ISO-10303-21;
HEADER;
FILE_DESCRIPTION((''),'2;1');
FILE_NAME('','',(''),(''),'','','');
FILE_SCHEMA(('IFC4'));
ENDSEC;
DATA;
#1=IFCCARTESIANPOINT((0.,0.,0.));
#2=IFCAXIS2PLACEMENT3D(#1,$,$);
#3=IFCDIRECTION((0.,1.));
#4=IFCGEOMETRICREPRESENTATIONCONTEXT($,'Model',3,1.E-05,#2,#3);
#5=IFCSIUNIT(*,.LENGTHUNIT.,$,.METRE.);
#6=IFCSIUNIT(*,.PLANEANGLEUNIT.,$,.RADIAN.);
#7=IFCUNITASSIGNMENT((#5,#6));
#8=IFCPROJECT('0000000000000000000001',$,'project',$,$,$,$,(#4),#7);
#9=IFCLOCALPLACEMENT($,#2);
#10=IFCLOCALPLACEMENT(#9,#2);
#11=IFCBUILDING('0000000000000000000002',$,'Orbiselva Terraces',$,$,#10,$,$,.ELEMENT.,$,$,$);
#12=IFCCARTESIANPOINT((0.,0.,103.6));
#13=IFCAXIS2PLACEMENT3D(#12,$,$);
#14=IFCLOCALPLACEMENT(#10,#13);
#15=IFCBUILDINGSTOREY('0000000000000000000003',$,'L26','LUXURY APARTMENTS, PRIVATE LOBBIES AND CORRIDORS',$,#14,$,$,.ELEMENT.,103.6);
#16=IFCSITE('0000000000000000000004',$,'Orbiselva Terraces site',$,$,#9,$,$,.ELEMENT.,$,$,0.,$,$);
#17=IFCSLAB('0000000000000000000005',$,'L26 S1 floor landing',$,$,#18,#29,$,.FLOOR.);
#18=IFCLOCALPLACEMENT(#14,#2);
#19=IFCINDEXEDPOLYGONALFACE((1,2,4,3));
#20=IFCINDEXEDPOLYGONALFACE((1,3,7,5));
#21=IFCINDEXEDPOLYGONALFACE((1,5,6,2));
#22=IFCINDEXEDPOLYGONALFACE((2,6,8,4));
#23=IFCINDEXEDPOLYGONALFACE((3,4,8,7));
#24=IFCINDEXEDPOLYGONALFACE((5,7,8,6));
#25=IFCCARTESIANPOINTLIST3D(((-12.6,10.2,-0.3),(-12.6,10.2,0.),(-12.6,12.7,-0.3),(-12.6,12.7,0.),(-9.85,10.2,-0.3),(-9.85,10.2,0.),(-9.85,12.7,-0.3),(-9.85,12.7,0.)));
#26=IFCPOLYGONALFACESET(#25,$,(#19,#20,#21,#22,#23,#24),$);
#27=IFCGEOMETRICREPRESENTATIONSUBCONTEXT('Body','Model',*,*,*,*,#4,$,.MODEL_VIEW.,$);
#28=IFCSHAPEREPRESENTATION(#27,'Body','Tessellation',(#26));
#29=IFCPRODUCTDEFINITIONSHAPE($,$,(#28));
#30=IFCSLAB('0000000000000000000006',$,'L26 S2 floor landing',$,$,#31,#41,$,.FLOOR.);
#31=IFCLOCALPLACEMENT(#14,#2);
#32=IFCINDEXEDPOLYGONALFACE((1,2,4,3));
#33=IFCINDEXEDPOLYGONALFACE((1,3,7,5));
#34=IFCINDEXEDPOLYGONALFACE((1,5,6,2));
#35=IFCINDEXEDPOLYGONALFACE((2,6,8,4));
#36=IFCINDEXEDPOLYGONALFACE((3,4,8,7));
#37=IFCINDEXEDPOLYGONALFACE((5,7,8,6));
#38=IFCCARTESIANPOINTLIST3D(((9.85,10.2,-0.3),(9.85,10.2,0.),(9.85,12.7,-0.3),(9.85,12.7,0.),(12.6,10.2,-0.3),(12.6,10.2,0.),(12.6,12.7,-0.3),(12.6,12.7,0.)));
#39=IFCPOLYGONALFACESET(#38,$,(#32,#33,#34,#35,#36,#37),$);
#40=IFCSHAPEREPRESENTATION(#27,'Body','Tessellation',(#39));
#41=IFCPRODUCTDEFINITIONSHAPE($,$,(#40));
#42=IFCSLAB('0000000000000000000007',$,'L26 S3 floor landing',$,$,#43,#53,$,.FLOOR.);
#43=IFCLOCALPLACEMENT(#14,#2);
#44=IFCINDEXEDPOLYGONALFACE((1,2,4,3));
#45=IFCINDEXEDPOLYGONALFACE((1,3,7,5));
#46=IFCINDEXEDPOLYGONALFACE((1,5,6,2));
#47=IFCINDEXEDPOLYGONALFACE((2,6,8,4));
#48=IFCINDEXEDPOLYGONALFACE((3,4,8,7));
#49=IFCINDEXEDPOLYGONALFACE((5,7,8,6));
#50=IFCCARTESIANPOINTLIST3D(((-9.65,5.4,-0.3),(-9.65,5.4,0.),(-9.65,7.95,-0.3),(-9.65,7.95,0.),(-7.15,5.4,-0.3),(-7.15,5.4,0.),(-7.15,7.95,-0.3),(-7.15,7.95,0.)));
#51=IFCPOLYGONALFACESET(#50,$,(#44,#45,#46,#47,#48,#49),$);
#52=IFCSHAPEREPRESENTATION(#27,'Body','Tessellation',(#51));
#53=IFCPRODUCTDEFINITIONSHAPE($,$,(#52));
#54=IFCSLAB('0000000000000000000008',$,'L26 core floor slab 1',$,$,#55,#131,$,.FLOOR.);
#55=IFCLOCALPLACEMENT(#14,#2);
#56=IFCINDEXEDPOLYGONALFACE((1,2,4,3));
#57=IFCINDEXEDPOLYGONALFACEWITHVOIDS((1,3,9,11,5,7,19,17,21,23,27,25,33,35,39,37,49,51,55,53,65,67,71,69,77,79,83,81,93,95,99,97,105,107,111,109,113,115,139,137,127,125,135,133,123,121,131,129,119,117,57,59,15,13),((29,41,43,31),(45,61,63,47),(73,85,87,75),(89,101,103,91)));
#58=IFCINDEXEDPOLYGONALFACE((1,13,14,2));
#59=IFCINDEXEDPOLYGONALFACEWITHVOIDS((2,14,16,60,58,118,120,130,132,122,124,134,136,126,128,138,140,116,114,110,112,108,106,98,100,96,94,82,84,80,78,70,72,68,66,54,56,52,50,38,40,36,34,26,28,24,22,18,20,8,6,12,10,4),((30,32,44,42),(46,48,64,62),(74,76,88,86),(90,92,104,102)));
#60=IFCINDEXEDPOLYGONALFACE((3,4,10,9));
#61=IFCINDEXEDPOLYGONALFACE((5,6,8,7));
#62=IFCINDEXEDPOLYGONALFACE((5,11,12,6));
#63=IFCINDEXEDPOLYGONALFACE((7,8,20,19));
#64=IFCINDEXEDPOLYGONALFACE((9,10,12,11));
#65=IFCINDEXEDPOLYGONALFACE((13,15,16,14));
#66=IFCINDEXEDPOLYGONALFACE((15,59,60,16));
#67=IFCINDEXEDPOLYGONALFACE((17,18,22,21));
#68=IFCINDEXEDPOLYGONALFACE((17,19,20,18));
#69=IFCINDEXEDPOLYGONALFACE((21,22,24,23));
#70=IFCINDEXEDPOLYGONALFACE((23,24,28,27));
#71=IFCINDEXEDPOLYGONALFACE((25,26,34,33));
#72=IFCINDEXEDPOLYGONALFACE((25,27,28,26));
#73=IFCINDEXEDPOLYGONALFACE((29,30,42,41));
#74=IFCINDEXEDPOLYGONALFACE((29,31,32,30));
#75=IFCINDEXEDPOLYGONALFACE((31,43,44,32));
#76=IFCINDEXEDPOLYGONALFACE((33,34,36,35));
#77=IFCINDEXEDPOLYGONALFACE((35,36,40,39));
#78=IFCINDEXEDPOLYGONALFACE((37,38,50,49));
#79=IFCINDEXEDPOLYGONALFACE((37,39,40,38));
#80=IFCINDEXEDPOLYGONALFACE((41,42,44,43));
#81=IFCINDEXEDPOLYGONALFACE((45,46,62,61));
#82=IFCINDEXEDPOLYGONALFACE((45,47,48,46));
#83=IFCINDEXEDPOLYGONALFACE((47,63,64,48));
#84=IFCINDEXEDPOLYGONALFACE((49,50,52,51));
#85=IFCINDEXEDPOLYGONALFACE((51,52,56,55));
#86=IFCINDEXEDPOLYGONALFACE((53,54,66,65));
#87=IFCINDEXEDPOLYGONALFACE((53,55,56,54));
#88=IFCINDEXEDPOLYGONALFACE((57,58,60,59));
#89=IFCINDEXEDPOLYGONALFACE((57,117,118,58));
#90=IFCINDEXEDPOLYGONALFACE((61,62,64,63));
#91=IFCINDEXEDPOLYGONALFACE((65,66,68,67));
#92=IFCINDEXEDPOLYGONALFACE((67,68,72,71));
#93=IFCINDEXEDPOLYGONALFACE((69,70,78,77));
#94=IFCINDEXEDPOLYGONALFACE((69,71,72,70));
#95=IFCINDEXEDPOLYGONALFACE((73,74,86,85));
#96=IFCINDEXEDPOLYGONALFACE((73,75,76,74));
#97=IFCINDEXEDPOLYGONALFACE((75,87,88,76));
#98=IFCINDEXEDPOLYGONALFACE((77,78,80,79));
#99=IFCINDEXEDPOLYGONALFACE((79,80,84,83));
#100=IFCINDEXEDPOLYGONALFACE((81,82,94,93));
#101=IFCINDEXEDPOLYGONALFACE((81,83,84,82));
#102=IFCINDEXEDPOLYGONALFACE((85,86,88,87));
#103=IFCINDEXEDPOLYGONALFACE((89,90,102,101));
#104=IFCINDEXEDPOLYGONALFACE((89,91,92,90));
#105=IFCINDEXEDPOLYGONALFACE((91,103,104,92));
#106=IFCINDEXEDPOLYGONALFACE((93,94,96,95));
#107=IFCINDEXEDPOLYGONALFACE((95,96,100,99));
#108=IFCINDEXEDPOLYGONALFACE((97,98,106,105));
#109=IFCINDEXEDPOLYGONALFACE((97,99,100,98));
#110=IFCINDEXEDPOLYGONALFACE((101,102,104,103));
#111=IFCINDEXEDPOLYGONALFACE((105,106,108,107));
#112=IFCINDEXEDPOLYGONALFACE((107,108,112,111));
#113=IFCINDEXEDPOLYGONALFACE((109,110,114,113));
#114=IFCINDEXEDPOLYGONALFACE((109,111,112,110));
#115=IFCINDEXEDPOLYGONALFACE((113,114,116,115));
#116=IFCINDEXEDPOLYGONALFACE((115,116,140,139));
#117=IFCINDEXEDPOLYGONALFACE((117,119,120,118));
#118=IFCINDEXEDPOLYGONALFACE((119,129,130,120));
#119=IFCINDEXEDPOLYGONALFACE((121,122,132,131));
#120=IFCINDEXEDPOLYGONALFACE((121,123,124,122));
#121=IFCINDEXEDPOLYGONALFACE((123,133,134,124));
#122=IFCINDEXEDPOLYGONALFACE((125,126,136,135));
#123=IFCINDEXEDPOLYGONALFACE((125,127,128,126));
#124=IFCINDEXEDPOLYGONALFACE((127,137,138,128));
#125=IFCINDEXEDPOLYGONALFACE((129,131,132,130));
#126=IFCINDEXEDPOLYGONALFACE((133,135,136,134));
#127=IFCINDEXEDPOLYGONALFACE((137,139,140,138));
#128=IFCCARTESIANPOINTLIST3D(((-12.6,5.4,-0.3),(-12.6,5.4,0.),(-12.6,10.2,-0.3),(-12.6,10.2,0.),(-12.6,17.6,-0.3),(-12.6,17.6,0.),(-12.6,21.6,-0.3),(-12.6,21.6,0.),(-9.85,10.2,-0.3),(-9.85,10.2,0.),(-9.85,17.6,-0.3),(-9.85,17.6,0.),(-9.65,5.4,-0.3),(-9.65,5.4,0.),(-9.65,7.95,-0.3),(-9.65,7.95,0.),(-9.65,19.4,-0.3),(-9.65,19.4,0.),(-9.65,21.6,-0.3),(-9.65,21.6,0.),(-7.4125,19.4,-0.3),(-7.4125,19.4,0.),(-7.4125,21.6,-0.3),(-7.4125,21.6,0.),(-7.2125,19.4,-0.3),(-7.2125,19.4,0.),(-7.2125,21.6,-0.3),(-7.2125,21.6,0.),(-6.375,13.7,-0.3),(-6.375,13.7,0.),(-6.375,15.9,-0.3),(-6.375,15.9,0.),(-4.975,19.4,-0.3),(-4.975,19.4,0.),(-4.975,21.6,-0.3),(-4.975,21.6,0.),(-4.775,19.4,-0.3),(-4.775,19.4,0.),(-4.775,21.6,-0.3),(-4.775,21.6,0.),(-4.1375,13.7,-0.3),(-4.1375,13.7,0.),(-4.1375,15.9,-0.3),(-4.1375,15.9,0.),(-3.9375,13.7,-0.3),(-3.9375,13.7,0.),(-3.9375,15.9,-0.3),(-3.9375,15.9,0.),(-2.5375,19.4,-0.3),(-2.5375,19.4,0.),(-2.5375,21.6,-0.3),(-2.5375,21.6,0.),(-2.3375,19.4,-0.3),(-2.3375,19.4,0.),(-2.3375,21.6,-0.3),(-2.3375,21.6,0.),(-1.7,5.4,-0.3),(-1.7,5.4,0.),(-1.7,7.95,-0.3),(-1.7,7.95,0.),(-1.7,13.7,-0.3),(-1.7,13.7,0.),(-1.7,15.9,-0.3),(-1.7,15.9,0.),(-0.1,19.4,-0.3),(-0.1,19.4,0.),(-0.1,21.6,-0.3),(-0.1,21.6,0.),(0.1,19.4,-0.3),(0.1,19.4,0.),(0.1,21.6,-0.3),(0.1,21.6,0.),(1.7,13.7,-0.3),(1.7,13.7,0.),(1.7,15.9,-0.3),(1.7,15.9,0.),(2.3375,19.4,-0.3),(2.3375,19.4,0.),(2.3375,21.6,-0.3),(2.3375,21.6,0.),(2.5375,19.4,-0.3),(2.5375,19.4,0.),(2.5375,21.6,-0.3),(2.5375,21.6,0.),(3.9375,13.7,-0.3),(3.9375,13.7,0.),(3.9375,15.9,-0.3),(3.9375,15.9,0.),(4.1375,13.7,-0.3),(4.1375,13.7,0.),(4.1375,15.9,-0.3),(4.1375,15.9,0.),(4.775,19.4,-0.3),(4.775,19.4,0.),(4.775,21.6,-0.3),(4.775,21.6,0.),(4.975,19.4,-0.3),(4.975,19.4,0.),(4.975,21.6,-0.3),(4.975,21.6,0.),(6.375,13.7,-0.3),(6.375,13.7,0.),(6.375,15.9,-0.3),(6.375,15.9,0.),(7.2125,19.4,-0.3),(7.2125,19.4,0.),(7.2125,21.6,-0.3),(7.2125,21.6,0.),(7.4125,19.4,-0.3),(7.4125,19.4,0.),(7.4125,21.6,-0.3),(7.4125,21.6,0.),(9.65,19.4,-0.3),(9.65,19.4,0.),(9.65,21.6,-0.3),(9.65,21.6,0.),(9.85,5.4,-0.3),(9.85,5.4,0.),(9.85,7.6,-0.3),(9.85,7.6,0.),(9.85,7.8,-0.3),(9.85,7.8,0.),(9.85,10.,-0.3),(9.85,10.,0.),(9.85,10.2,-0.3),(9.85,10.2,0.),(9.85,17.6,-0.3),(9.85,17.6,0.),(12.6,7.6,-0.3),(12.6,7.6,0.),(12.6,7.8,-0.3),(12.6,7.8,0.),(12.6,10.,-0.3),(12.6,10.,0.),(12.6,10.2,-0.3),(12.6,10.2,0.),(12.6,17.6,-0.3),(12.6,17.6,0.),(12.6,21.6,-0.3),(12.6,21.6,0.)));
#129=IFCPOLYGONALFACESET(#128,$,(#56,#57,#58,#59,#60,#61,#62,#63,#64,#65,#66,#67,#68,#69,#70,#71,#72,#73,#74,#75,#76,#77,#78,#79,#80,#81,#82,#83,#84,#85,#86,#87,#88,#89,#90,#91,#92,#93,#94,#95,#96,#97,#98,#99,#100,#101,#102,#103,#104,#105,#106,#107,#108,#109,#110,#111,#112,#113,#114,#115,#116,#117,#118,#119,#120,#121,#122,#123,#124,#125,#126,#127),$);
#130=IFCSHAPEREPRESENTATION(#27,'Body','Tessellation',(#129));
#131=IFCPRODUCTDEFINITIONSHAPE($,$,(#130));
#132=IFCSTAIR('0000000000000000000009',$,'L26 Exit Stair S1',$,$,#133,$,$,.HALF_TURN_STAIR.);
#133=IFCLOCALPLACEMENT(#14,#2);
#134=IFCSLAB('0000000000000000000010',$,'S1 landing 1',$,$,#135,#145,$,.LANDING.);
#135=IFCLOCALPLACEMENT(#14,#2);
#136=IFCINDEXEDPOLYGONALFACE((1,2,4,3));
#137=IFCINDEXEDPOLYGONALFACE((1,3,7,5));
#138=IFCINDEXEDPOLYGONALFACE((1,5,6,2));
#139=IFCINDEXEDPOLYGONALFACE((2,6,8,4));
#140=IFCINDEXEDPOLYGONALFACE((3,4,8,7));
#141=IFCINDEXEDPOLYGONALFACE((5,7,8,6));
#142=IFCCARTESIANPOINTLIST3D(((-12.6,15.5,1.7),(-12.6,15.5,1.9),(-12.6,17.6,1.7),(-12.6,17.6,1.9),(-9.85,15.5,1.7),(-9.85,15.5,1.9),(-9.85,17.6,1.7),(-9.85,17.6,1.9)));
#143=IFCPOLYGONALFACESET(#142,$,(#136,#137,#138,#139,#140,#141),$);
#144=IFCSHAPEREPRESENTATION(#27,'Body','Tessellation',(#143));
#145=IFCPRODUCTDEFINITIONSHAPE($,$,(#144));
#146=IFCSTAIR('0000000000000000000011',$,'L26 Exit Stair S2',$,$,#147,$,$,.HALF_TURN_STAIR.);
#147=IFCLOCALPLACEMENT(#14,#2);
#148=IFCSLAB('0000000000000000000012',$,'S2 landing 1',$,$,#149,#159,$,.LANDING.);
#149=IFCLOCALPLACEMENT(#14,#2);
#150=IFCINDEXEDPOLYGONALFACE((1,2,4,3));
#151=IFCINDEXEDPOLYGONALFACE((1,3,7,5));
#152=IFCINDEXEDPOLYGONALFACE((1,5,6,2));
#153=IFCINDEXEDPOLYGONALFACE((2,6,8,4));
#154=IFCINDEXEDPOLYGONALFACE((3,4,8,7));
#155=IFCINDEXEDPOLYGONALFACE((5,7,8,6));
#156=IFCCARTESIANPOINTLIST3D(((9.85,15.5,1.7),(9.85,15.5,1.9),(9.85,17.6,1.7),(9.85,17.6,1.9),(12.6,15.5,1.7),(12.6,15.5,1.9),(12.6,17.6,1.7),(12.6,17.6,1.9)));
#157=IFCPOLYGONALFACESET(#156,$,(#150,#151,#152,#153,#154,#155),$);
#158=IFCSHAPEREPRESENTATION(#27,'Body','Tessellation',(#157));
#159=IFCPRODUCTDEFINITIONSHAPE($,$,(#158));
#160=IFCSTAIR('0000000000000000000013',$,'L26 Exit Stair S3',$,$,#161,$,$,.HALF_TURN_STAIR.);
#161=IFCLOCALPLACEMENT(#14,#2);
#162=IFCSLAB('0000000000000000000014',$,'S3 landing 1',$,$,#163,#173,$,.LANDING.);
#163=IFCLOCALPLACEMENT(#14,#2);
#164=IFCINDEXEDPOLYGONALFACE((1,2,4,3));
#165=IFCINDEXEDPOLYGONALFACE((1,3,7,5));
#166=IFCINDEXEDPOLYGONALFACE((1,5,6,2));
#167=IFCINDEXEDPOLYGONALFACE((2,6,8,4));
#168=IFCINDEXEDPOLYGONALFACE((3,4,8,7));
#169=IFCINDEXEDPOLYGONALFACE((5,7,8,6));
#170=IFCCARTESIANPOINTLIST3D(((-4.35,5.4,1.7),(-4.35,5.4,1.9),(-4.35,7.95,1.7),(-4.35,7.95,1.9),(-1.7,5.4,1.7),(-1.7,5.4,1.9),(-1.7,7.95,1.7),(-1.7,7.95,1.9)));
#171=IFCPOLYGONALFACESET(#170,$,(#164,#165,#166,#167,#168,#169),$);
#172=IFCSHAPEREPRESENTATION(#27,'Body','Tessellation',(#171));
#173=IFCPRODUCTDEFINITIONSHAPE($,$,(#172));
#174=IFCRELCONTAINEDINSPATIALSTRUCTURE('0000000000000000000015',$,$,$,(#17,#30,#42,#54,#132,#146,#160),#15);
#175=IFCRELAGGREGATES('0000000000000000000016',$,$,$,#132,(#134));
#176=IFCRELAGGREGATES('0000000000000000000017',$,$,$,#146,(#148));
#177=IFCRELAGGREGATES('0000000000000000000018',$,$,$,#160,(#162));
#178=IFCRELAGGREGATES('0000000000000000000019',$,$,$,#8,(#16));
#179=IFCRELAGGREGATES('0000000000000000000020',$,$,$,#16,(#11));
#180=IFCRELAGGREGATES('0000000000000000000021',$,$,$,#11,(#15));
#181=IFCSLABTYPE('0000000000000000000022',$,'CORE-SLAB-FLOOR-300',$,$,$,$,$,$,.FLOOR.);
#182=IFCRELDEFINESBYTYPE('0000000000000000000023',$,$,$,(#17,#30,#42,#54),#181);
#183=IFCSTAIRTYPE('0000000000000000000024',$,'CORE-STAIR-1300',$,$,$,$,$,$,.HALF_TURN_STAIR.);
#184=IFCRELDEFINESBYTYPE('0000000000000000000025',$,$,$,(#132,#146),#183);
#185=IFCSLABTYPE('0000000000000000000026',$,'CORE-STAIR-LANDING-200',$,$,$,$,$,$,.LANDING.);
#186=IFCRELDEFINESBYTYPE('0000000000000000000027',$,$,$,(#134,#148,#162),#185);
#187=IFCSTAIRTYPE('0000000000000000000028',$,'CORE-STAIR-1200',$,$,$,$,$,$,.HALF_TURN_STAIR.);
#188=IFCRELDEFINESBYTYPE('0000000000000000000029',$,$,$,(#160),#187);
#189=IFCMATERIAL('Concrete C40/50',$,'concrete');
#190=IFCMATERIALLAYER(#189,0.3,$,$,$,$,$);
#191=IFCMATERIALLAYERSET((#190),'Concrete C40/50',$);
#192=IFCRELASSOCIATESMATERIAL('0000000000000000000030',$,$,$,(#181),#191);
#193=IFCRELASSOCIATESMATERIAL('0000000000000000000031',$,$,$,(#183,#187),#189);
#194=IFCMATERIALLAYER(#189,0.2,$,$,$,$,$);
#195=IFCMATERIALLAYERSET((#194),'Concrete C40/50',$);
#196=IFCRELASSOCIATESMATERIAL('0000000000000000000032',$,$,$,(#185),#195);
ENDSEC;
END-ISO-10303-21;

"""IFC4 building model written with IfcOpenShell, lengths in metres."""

from ifc_helpers import new_model, si_unit, direction, frame, origin, place, context, subcontext, project, spatial, polyline, outline, extrude, material, layer, layer_set, type_object, element, aggregate, save


model = new_model("IFC4")

# Units and contexts
model_context = context("Model", 3, precision=1e-05, world=origin(), true_north=direction((0.0, 1.0)))
body_context = subcontext(model_context, "Body", "Model", "MODEL_VIEW")
ifc_project = project(units=[si_unit("LENGTHUNIT", "METRE"), si_unit("PLANEANGLEUNIT", "RADIAN")], contexts=[model_context])

# Site, building, storey
site_placement = place(None, origin())
site = spatial("IfcSite", under=ifc_project, at=site_placement, Name="Orbiselva Terraces site", CompositionType="ELEMENT", RefElevation=0.0)
building_placement = place(site_placement, origin())
building = spatial("IfcBuilding", under=site, at=building_placement, Name="Orbiselva Terraces", CompositionType="ELEMENT")
storey_placement = place(building_placement, frame((0.0, 0.0, 103.6)))
storey = spatial("IfcBuildingStorey", under=building, at=storey_placement, Name="L26", Description="LUXURY APARTMENTS, PRIVATE LOBBIES AND CORRIDORS", CompositionType="ELEMENT", Elevation=103.6)

# Slabs
ifc_material_1 = material(Name="Concrete C40/50", Category="concrete")
ifc_layer_1 = layer(ifc_material_1, 0.3)
ifc_layer_set_1 = layer_set([ifc_layer_1], Name="Concrete C40/50")
slab_type_1 = type_object("IfcSlabType", Name="CORE-SLAB-FLOOR-300", PredefinedType="FLOOR", material=ifc_layer_set_1)
slab_1_placement = place(storey_placement, frame((0.0, 0.0, -0.3)))
element("IfcSlab", 1, at=slab_1_placement, inside=storey, type_object=slab_type_1, Name="L26 S1 floor landing", PredefinedType="FLOOR", context=body_context, shape_type="SweptSolid", body=[
    extrude(outline(polyline([(-12.6, 12.7), (-9.85, 12.7), (-9.85, 10.2), (-12.6, 10.2), (-12.6, 12.7)])), origin(), (0.0, 0.0, 1.0), 0.3),
])
slab_2_placement = place(storey_placement, frame((0.0, 0.0, -0.3)))
element("IfcSlab", 2, at=slab_2_placement, inside=storey, type_object=slab_type_1, Name="L26 S2 floor landing", PredefinedType="FLOOR", context=body_context, shape_type="SweptSolid", body=[
    extrude(outline(polyline([(12.6, 12.7), (12.6, 10.2), (9.85, 10.2), (9.85, 12.7), (12.6, 12.7)])), origin(), (0.0, 0.0, 1.0), 0.3),
])
slab_3_placement = place(storey_placement, frame((0.0, 0.0, -0.3)))
element("IfcSlab", 3, at=slab_3_placement, inside=storey, type_object=slab_type_1, Name="L26 S3 floor landing", PredefinedType="FLOOR", context=body_context, shape_type="SweptSolid", body=[
    extrude(outline(polyline([(-7.15, 5.4), (-9.65, 5.4), (-9.65, 7.95), (-7.15, 7.95), (-7.15, 5.4)])), origin(), (0.0, 0.0, 1.0), 0.3),
])
slab_4_placement = place(storey_placement, frame((0.0, 0.0, -0.3)))
element("IfcSlab", 4, at=slab_4_placement, inside=storey, type_object=slab_type_1, Name="L26 core floor slab 1", PredefinedType="FLOOR", context=body_context, shape_type="SweptSolid", body=[
    extrude(outline(polyline([(-1.7, 5.4), (-1.7, 7.95), (-9.65, 7.95), (-9.65, 5.4), (-12.6, 5.4), (-12.6, 10.2), (-9.85, 10.2), (-9.85, 17.6), (-12.6, 17.6), (-12.6, 21.6), (-9.65, 21.6), (-9.65, 19.4), (-7.4125, 19.4), (-7.4125, 21.6), (-7.2125, 21.6), (-7.2125, 19.4), (-4.975, 19.4), (-4.975, 21.6), (-4.775, 21.6), (-4.775, 19.4), (-2.5375, 19.4), (-2.5375, 21.6), (-2.3375, 21.6), (-2.3375, 19.4), (-0.1, 19.4), (-0.1, 21.6), (0.1, 21.6), (0.1, 19.4), (2.3375, 19.4), (2.3375, 21.6), (2.5375, 21.6), (2.5375, 19.4), (4.775, 19.4), (4.775, 21.6), (4.975, 21.6), (4.975, 19.4), (7.2125, 19.4), (7.2125, 21.6), (7.4125, 21.6), (7.4125, 19.4), (9.65, 19.4), (9.65, 21.6), (12.6, 21.6), (12.6, 17.6), (9.85, 17.6), (9.85, 10.2), (12.6, 10.2), (12.6, 10.0), (9.85, 10.0), (9.85, 7.8), (12.6, 7.8), (12.6, 7.6), (9.85, 7.6), (9.85, 5.4), (-1.7, 5.4)]), holes=[polyline([(-4.1375, 13.7), (-4.1375, 15.9), (-6.375, 15.9), (-6.375, 13.7), (-4.1375, 13.7)]), polyline([(-1.7, 13.7), (-1.7, 15.9), (-3.9375, 15.9), (-3.9375, 13.7), (-1.7, 13.7)]), polyline([(3.9375, 13.7), (3.9375, 15.9), (1.7, 15.9), (1.7, 13.7), (3.9375, 13.7)]), polyline([(6.375, 13.7), (6.375, 15.9), (4.1375, 15.9), (4.1375, 13.7), (6.375, 13.7)])]), origin(), (0.0, 0.0, 1.0), 0.3),
])

# Stairs, slabs
stair_type_1 = type_object("IfcStairType", Name="CORE-STAIR-1300", PredefinedType="HALF_TURN_STAIR", material=ifc_material_1)
stair_1_placement = place(storey_placement, origin())
stair_1 = element("IfcStair", 5, at=stair_1_placement, inside=storey, type_object=stair_type_1, Name="L26 Exit Stair S1", PredefinedType="HALF_TURN_STAIR")
ifc_layer_2 = layer(ifc_material_1, 0.2)
ifc_layer_set_2 = layer_set([ifc_layer_2], Name="Concrete C40/50")
slab_type_2 = type_object("IfcSlabType", Name="CORE-STAIR-LANDING-200", PredefinedType="LANDING", material=ifc_layer_set_2)
slab_5_placement = place(storey_placement, frame((0.0, 0.0, 1.7)))
slab_5 = element("IfcSlab", 6, at=slab_5_placement, type_object=slab_type_2, Name="S1 landing 1", PredefinedType="LANDING", context=body_context, shape_type="SweptSolid", body=[
    extrude(outline(polyline([(-9.85, 15.5), (-9.85, 17.6), (-12.6, 17.6), (-12.6, 15.5), (-9.85, 15.5)])), origin(), (0.0, 0.0, 1.0), 0.2),
])
aggregate(stair_1, [slab_5])
stair_2_placement = place(storey_placement, origin())
stair_2 = element("IfcStair", 7, at=stair_2_placement, inside=storey, type_object=stair_type_1, Name="L26 Exit Stair S2", PredefinedType="HALF_TURN_STAIR")
slab_6_placement = place(storey_placement, frame((0.0, 0.0, 1.7)))
slab_6 = element("IfcSlab", 8, at=slab_6_placement, type_object=slab_type_2, Name="S2 landing 1", PredefinedType="LANDING", context=body_context, shape_type="SweptSolid", body=[
    extrude(outline(polyline([(12.6, 15.5), (12.6, 17.6), (9.85, 17.6), (9.85, 15.5), (12.6, 15.5)])), origin(), (0.0, 0.0, 1.0), 0.2),
])
aggregate(stair_2, [slab_6])
stair_type_2 = type_object("IfcStairType", Name="CORE-STAIR-1200", PredefinedType="HALF_TURN_STAIR", material=ifc_material_1)
stair_3_placement = place(storey_placement, origin())
stair_3 = element("IfcStair", 9, at=stair_3_placement, inside=storey, type_object=stair_type_2, Name="L26 Exit Stair S3", PredefinedType="HALF_TURN_STAIR")
slab_7_placement = place(storey_placement, frame((0.0, 0.0, 1.7)))
slab_7 = element("IfcSlab", 10, at=slab_7_placement, type_object=slab_type_2, Name="S3 landing 1", PredefinedType="LANDING", context=body_context, shape_type="SweptSolid", body=[
    extrude(outline(polyline([(-4.35, 5.4), (-1.7, 5.4), (-1.7, 7.95), (-4.35, 7.95), (-4.35, 5.4)])), origin(), (0.0, 0.0, 1.0), 0.2),
])
aggregate(stair_3, [slab_7])

save(model, "model.ifc")
